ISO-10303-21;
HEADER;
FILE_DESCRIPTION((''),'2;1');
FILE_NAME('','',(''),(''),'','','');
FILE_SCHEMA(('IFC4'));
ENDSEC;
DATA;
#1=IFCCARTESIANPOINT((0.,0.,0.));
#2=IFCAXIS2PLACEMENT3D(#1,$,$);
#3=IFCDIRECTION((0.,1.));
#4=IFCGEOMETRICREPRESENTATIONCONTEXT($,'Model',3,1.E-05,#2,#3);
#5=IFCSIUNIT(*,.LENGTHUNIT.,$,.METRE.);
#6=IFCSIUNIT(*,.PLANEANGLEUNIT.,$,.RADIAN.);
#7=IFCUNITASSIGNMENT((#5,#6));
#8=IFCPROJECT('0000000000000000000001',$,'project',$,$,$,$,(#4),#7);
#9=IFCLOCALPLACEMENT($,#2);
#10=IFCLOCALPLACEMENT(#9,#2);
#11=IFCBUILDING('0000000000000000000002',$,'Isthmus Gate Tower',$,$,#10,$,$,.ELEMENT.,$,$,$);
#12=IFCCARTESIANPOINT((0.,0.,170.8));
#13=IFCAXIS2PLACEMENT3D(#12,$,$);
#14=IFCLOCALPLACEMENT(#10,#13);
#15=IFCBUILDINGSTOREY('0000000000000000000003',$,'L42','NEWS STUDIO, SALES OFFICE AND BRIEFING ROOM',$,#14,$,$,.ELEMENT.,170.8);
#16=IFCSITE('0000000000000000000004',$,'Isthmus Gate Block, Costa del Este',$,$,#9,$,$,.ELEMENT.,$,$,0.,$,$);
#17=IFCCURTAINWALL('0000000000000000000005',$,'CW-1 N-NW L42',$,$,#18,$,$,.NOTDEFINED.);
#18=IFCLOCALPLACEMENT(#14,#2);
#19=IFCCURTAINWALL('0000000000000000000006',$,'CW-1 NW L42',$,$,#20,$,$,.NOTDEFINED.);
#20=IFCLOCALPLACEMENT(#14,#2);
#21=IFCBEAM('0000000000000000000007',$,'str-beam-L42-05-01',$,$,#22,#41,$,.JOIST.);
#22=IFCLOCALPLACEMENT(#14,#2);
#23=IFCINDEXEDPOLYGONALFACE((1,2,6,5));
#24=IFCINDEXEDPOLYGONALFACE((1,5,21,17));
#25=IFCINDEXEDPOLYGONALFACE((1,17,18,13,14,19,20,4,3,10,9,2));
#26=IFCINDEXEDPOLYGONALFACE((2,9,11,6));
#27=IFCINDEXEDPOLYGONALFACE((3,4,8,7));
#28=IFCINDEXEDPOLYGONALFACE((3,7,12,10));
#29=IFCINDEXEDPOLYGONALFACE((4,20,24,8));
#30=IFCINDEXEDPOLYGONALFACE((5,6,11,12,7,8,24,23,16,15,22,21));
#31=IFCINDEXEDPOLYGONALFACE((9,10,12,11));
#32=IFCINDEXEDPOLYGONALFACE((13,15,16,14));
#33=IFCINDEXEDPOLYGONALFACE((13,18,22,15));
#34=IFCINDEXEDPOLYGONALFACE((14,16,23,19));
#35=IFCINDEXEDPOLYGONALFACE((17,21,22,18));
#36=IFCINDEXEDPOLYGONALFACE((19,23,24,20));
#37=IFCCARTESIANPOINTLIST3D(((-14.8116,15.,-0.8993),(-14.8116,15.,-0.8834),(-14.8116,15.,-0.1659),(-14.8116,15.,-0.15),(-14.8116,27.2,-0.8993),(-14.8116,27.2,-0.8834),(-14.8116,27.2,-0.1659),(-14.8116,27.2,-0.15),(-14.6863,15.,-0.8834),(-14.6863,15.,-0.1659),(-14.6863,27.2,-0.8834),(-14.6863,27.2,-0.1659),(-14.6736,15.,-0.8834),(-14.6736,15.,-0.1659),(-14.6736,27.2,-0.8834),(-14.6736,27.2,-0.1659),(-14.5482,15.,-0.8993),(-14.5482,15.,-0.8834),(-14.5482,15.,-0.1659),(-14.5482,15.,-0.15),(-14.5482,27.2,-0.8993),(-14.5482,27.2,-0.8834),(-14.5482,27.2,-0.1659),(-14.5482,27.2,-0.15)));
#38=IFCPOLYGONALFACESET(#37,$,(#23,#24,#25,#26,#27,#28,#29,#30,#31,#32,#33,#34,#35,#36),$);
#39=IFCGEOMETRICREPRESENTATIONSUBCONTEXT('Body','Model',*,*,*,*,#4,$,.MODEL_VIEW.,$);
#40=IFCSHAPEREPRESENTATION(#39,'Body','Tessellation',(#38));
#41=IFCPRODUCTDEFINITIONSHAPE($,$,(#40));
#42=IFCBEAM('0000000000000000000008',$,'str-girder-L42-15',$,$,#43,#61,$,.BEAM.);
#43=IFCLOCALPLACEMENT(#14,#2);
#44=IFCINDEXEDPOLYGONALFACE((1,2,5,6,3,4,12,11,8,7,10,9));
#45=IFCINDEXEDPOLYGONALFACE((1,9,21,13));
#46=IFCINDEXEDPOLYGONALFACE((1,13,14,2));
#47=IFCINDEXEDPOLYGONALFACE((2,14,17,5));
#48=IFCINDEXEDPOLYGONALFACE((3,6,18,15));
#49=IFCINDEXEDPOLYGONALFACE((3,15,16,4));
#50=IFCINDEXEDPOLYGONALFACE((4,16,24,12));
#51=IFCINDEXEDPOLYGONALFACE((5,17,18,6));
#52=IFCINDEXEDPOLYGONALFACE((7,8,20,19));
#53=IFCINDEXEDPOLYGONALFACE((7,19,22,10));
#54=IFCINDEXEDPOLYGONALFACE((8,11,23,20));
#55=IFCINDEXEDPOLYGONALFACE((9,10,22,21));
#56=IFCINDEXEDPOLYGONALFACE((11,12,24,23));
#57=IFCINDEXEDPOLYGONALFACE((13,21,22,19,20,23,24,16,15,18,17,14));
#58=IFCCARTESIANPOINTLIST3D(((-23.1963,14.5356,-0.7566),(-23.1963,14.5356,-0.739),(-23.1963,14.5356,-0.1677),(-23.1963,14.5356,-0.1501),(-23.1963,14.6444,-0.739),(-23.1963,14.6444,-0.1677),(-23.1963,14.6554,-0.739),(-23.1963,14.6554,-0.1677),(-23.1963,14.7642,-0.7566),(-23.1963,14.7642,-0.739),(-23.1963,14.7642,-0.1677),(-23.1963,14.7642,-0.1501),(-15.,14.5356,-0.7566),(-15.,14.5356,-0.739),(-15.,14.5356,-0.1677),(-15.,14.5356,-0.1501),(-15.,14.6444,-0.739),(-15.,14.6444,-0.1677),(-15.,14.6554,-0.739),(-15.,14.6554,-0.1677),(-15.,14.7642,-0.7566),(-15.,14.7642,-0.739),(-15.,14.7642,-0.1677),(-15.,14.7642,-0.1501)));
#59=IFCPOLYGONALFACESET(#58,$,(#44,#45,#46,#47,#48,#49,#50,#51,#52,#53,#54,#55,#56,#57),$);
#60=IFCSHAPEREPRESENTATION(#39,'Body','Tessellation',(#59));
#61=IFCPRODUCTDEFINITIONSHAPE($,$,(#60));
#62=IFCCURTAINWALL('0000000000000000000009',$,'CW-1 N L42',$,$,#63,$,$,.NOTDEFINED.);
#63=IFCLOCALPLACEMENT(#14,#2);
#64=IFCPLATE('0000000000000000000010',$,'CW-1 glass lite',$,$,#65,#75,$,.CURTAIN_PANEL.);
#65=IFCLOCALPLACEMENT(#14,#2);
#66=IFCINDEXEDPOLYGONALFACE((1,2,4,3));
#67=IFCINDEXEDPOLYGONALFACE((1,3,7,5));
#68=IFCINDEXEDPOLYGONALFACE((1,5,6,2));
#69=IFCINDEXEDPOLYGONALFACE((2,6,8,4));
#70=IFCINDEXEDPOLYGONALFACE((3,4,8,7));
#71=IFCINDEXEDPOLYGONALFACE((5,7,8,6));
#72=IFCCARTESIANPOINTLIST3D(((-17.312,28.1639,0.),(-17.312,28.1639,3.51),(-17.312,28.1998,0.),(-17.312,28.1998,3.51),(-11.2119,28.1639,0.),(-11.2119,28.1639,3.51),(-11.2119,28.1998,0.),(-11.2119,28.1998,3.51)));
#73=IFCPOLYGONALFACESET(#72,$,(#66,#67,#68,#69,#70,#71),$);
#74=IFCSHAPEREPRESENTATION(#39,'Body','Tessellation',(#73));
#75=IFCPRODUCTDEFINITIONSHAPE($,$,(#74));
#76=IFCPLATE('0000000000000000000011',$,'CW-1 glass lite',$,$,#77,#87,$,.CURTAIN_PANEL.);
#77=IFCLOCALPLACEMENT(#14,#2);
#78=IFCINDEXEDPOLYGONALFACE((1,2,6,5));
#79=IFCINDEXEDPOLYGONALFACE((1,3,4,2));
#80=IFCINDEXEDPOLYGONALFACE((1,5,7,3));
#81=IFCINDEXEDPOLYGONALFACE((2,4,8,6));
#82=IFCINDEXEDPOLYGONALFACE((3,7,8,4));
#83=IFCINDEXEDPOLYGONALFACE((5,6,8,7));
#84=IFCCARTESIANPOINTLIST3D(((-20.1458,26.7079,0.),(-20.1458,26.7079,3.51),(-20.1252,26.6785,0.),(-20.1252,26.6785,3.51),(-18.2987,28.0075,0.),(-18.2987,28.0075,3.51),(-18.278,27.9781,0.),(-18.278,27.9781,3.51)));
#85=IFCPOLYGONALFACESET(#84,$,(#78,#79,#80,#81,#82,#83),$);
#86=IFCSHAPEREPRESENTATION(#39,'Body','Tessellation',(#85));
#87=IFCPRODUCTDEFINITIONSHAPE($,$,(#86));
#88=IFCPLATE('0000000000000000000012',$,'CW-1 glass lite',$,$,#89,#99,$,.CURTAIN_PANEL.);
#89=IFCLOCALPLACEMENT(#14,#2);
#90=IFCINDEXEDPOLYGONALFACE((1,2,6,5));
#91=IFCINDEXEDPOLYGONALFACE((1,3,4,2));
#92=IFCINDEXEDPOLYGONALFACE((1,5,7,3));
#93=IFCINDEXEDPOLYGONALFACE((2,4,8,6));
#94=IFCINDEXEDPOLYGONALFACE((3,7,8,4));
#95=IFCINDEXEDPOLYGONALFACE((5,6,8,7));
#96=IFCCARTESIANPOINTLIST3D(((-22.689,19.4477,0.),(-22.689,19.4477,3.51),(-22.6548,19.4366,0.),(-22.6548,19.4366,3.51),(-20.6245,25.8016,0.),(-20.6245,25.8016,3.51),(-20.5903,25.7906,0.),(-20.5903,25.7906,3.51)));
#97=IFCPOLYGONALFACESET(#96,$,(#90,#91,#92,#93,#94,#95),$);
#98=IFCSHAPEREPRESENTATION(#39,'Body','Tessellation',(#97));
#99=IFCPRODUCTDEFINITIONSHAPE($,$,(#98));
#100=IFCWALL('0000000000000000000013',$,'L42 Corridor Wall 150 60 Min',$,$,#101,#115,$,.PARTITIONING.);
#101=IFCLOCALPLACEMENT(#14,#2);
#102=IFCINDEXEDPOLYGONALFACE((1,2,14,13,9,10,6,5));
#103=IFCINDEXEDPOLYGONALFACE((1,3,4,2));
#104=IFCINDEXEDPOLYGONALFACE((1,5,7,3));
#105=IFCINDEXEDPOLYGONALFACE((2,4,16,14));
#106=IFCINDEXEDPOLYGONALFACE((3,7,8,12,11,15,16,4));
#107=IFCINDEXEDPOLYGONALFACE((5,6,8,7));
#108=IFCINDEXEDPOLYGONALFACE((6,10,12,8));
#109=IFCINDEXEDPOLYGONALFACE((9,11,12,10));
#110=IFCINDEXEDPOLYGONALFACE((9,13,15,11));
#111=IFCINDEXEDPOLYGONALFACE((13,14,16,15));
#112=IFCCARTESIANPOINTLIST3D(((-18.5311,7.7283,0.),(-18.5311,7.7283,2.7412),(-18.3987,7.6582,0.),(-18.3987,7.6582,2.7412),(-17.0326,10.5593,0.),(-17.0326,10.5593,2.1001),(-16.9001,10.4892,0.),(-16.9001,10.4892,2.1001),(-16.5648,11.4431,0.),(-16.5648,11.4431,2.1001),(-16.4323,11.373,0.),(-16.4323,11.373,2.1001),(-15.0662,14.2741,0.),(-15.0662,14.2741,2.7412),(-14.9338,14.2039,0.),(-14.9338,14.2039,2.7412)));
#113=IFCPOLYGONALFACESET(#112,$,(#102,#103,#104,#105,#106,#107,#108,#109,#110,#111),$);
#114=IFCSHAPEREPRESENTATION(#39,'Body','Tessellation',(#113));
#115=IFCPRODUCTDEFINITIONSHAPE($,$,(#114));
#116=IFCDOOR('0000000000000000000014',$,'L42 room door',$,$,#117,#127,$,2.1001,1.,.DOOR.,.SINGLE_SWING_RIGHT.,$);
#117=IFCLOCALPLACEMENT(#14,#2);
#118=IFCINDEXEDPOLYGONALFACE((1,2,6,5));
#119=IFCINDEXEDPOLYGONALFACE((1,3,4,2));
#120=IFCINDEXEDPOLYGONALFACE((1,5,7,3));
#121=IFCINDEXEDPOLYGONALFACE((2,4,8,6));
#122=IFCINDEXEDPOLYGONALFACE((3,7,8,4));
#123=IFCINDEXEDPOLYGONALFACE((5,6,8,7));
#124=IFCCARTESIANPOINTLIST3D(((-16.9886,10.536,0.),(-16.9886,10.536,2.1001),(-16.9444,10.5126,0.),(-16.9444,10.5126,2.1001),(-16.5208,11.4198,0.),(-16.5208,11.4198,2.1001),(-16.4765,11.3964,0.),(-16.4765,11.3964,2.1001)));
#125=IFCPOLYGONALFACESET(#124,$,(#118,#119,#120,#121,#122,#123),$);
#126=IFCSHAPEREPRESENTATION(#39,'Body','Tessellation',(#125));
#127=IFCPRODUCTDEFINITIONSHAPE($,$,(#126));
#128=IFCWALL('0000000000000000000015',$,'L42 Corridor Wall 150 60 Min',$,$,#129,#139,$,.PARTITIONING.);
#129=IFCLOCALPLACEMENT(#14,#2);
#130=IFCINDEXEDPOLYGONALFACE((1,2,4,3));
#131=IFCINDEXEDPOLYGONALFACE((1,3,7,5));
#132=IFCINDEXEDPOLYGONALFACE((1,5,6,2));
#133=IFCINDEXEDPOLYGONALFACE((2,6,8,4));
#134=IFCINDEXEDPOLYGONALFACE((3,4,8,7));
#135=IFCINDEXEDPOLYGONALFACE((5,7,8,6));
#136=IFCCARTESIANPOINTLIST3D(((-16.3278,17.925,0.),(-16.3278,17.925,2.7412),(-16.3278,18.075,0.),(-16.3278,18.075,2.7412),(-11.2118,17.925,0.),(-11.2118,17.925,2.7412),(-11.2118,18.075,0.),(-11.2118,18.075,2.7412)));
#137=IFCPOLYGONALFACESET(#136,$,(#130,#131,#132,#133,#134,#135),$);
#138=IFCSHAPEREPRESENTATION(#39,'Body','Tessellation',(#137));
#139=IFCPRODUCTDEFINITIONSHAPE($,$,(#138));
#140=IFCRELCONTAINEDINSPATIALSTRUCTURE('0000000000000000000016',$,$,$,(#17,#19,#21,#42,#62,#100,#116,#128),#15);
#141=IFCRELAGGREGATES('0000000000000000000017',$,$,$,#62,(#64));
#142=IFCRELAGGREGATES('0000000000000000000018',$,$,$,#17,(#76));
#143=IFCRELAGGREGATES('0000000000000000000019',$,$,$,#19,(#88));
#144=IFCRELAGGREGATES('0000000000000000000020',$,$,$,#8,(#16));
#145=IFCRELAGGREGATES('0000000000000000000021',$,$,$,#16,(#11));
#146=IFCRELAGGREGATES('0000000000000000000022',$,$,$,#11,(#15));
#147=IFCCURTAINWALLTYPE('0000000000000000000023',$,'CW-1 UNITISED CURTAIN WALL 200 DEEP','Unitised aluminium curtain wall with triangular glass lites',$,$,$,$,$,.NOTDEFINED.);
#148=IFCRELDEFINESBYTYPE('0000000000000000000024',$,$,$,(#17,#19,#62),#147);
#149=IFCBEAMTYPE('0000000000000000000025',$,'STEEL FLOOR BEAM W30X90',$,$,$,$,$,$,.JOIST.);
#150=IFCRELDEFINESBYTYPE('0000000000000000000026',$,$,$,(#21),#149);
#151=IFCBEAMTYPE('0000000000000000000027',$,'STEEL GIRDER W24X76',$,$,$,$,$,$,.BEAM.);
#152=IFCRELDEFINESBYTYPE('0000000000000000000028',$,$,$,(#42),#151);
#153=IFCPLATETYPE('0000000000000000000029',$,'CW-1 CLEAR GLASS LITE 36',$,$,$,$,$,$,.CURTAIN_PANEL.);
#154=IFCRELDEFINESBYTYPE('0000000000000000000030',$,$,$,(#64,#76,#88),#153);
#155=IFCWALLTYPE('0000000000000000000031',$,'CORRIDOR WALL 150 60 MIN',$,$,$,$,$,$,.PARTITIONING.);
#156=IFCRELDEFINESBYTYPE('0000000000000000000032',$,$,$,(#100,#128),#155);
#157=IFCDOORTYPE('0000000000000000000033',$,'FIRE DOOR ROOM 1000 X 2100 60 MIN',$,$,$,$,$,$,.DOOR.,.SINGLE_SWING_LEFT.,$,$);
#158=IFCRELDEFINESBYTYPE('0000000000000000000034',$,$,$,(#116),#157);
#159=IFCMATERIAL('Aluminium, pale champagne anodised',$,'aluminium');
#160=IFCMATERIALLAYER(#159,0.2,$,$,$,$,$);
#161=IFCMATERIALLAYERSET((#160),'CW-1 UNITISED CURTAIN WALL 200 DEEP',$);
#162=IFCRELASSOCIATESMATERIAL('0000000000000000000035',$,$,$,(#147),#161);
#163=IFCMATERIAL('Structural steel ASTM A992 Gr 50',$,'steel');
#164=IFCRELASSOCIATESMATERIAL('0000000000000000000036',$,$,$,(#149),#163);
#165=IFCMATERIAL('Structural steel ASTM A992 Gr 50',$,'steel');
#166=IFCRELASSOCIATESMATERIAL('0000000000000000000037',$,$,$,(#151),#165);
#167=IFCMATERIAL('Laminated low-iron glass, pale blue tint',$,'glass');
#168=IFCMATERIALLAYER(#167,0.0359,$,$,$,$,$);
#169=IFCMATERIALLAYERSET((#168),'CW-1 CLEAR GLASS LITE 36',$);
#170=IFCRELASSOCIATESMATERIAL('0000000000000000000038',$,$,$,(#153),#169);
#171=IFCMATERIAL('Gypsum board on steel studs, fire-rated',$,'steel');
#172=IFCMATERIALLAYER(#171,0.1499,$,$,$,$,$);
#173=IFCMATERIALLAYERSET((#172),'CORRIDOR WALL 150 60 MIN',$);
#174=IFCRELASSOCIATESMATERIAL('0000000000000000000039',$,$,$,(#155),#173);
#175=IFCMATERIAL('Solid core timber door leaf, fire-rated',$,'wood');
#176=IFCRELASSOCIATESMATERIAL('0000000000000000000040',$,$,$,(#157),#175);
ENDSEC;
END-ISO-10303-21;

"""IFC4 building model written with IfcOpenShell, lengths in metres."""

from ifc_helpers import new_model, si_unit, direction, frame, frame_2d, origin, origin_2d, place, context, subcontext, project, spatial, rectangle, i_section, extrude, material, layer, layer_set, material_profile, profile_set, type_object, element, fill, aggregate, save


model = new_model("IFC4")

# Units and contexts
model_context = context("Model", 3, precision=1e-05, world=origin(), true_north=direction((0.0, 1.0)))
body_context = subcontext(model_context, "Body", "Model", "MODEL_VIEW")
ifc_project = project(units=[si_unit("LENGTHUNIT", "METRE"), si_unit("PLANEANGLEUNIT", "RADIAN")], contexts=[model_context])

# Site, building, storey
site_placement = place(None, origin())
site = spatial("IfcSite", under=ifc_project, at=site_placement, Name="Isthmus Gate Block, Costa del Este", CompositionType="ELEMENT", RefElevation=0.0)
building_placement = place(site_placement, origin())
building = spatial("IfcBuilding", under=site, at=building_placement, Name="Isthmus Gate Tower", CompositionType="ELEMENT")
storey_placement = place(building_placement, frame((0.0, 0.0, 170.8)))
storey = spatial("IfcBuildingStorey", under=building, at=storey_placement, Name="L42", Description="NEWS STUDIO, SALES OFFICE AND BRIEFING ROOM", CompositionType="ELEMENT", Elevation=170.8)

# Curtain walls
ifc_material_1 = material(Name="Aluminium, pale champagne anodised", Category="aluminium")
ifc_layer_1 = layer(ifc_material_1, 0.2)
ifc_layer_set_1 = layer_set([ifc_layer_1], Name="CW-1 UNITISED CURTAIN WALL 200 DEEP")
curtain_wall_type = type_object("IfcCurtainWallType", Name="CW-1 UNITISED CURTAIN WALL 200 DEEP", Description="Unitised aluminium curtain wall with triangular glass lites", PredefinedType="NOTDEFINED", material=ifc_layer_set_1)
curtain_wall_1_placement = place(storey_placement, origin())
curtain_wall_1 = element("IfcCurtainWall", 1, at=curtain_wall_1_placement, inside=storey, type_object=curtain_wall_type, Name="CW-1 N-NW L42", PredefinedType="NOTDEFINED")
curtain_wall_2_placement = place(storey_placement, origin())
curtain_wall_2 = element("IfcCurtainWall", 2, at=curtain_wall_2_placement, inside=storey, type_object=curtain_wall_type, Name="CW-1 NW L42", PredefinedType="NOTDEFINED")

# Beams
ifc_material_2 = material(Name="Structural steel ASTM A992 Gr 50", Category="steel")
ifc_material_profile_1 = material_profile(ifc_material_2, i_section(OverallWidth=0.2634, OverallDepth=0.7493, WebThickness=0.0127, FlangeThickness=0.0159, at=origin_2d()), Name="W30X90")
ifc_profile_set_1 = profile_set([ifc_material_profile_1], Name="Structural steel ASTM A992 Gr 50")
beam_type_1 = type_object("IfcBeamType", Name="STEEL FLOOR BEAM W30X90", PredefinedType="JOIST", material=ifc_profile_set_1)
beam_1_placement = place(storey_placement, frame((-14.6799, 15.0, -0.5247), z_axis=(0.0, 1.0, 0.0), x_axis=(-1.0, 0.0, 0.0)))
element("IfcBeam", 3, at=beam_1_placement, inside=storey, type_object=beam_type_1, Name="str-beam-L42-05-01", PredefinedType="JOIST", context=body_context, shape_type="SweptSolid", body=[
    extrude(i_section(OverallWidth=0.2634, OverallDepth=0.7493, WebThickness=0.0127, FlangeThickness=0.0159, at=origin_2d()), origin(), (0.0, 0.0, 1.0), 12.2),
])
ifc_material_3 = material(Name="Structural steel ASTM A992 Gr 50", Category="steel")
ifc_material_profile_2 = material_profile(ifc_material_3, i_section(OverallWidth=0.2285, OverallDepth=0.6064, WebThickness=0.011, FlangeThickness=0.0176, at=origin_2d()), Name="W24X76")
ifc_profile_set_2 = profile_set([ifc_material_profile_2], Name="Structural steel ASTM A992 Gr 50")
beam_type_2 = type_object("IfcBeamType", Name="STEEL GIRDER W24X76", PredefinedType="BEAM", material=ifc_profile_set_2)
beam_2_placement = place(storey_placement, frame((-15.0, 14.6499, -0.4534), z_axis=(-1.0, 0.0, 0.0), x_axis=(0.0, -1.0, 0.0)))
element("IfcBeam", 4, at=beam_2_placement, inside=storey, type_object=beam_type_2, Name="str-girder-L42-15", PredefinedType="BEAM", context=body_context, shape_type="SweptSolid", body=[
    extrude(i_section(OverallWidth=0.2285, OverallDepth=0.6064, WebThickness=0.011, FlangeThickness=0.0176, at=origin_2d()), origin(), (0.0, 0.0, 1.0), 8.1963),
])

# Curtain wall, plate
curtain_wall_3_placement = place(storey_placement, origin())
curtain_wall_3 = element("IfcCurtainWall", 5, at=curtain_wall_3_placement, inside=storey, type_object=curtain_wall_type, Name="CW-1 N L42", PredefinedType="NOTDEFINED")
ifc_material_4 = material(Name="Laminated low-iron glass, pale blue tint", Category="glass")
ifc_layer_2 = layer(ifc_material_4, 0.0359)
ifc_layer_set_2 = layer_set([ifc_layer_2], Name="CW-1 CLEAR GLASS LITE 36")
plate_type = type_object("IfcPlateType", Name="CW-1 CLEAR GLASS LITE 36", PredefinedType="CURTAIN_PANEL", material=ifc_layer_set_2)
plate_1_placement = place(storey_placement, frame((-14.262, 28.1819, 0.0), z_axis=(0.0, 0.0, 1.0), x_axis=(-1.0, 0.0, 0.0)))
plate_1 = element("IfcPlate", 6, at=plate_1_placement, type_object=plate_type, Name="CW-1 glass lite", PredefinedType="CURTAIN_PANEL", context=body_context, shape_type="SweptSolid", body=[
    extrude(rectangle(XDim=6.1001, YDim=0.0359, at=origin_2d()), origin(), (0.0, 0.0, 1.0), 3.51),
])
aggregate(curtain_wall_3, [plate_1])

# Plates
plate_2_placement = place(storey_placement, frame((-19.2119, 27.343, 0.0), z_axis=(0.0, 0.0, 1.0), x_axis=(-0.81786, -0.575418, 0.0)))
plate_2 = element("IfcPlate", 7, at=plate_2_placement, type_object=plate_type, Name="CW-1 glass lite", PredefinedType="CURTAIN_PANEL", context=body_context, shape_type="SweptSolid", body=[
    extrude(rectangle(XDim=2.2585, YDim=0.0359, at=origin_2d()), origin(), (0.0, 0.0, 1.0), 3.51),
])
aggregate(curtain_wall_1, [plate_2])
plate_3_placement = place(storey_placement, frame((-21.6396, 22.6191, 0.0), z_axis=(0.0, 0.0, 1.0), x_axis=(-0.309017, -0.951057, 0.0)))
plate_3 = element("IfcPlate", 8, at=plate_3_placement, type_object=plate_type, Name="CW-1 glass lite", PredefinedType="CURTAIN_PANEL", context=body_context, shape_type="SweptSolid", body=[
    extrude(rectangle(XDim=6.6809, YDim=0.0359, at=origin_2d()), origin(), (0.0, 0.0, 1.0), 3.51),
])

# Wall, opening, door
ifc_material_5 = material(Name="Gypsum board on steel studs, fire-rated", Category="steel")
ifc_layer_3 = layer(ifc_material_5, 0.1499)
ifc_layer_set_3 = layer_set([ifc_layer_3], Name="CORRIDOR WALL 150 60 MIN")
wall_type_1 = type_object("IfcWallType", Name="CORRIDOR WALL 150 60 MIN", PredefinedType="PARTITIONING", material=ifc_layer_set_3)
wall_1_placement = place(storey_placement, frame((-15.0, 14.239, 0.0), z_axis=(0.0, 0.0, 1.0), x_axis=(-0.467835, -0.883816, 0.0)))
wall_1 = element("IfcWall", 9, at=wall_1_placement, inside=storey, type_object=wall_type_1, Name="L42 Corridor Wall 150 60 Min", PredefinedType="PARTITIONING", context=body_context, shape_type="SweptSolid", body=[
    extrude(rectangle(XDim=7.4062, YDim=0.1499, at=frame_2d((3.7031, 0.0))), origin(), (0.0, 0.0, 1.0), 2.7412),
])
opening_1_placement = place(wall_1_placement, frame((3.2031, 0.0, 0.0)))
opening_1 = element("IfcOpeningElement", 10, at=opening_1_placement, cuts=wall_1, PredefinedType="OPENING", context=body_context, shape_type="SweptSolid", body=[
    extrude(rectangle(XDim=1.0, YDim=2.1001, at=frame_2d((0.5, 1.05))), frame((0.0, 0.085, 0.0), z_axis=(0.0, -1.0, 0.0), x_axis=(1.0, 0.0, 0.0)), (0.0, 0.0, 1.0), 0.1699),
])
ifc_material_6 = material(Name="Solid core timber door leaf, fire-rated", Category="wood")
door_type_1 = type_object("IfcDoorType", Name="FIRE DOOR ROOM 1000 X 2100 60 MIN", OperationType="SINGLE_SWING_LEFT", PredefinedType="DOOR", material=ifc_material_6)
door_1_placement = place(opening_1_placement, origin())
door_1 = element("IfcDoor", 11, at=door_1_placement, inside=storey, type_object=door_type_1, Name="L42 room door", OperationType="SINGLE_SWING_RIGHT", OverallHeight=2.1001, OverallWidth=1.0, PredefinedType="DOOR", context=body_context, shape_type="SweptSolid", body=[
    extrude(rectangle(XDim=1.0, YDim=2.1001, at=frame_2d((0.5, 1.05))), frame((0.0, 0.0249, 0.0), z_axis=(0.0, -1.0, 0.0), x_axis=(1.0, 0.0, 0.0)), (0.0, 0.0, 1.0), 0.05),
])
fill(opening_1, door_1)

# Wall
wall_2_placement = place(storey_placement, frame((-16.3279, 18.0, 0.0), z_axis=(0.0, 0.0, 1.0), x_axis=(1.0, 0.0, 0.0)))
element("IfcWall", 12, at=wall_2_placement, inside=storey, type_object=wall_type_1, Name="L42 Corridor Wall 150 60 Min", PredefinedType="PARTITIONING", context=body_context, shape_type="SweptSolid", body=[
    extrude(rectangle(XDim=5.116, YDim=0.1499, at=frame_2d((2.5581, 0.0))), origin(), (0.0, 0.0, 1.0), 2.7412),
])

aggregate(curtain_wall_2, [plate_3])

save(model, "model.ifc")
